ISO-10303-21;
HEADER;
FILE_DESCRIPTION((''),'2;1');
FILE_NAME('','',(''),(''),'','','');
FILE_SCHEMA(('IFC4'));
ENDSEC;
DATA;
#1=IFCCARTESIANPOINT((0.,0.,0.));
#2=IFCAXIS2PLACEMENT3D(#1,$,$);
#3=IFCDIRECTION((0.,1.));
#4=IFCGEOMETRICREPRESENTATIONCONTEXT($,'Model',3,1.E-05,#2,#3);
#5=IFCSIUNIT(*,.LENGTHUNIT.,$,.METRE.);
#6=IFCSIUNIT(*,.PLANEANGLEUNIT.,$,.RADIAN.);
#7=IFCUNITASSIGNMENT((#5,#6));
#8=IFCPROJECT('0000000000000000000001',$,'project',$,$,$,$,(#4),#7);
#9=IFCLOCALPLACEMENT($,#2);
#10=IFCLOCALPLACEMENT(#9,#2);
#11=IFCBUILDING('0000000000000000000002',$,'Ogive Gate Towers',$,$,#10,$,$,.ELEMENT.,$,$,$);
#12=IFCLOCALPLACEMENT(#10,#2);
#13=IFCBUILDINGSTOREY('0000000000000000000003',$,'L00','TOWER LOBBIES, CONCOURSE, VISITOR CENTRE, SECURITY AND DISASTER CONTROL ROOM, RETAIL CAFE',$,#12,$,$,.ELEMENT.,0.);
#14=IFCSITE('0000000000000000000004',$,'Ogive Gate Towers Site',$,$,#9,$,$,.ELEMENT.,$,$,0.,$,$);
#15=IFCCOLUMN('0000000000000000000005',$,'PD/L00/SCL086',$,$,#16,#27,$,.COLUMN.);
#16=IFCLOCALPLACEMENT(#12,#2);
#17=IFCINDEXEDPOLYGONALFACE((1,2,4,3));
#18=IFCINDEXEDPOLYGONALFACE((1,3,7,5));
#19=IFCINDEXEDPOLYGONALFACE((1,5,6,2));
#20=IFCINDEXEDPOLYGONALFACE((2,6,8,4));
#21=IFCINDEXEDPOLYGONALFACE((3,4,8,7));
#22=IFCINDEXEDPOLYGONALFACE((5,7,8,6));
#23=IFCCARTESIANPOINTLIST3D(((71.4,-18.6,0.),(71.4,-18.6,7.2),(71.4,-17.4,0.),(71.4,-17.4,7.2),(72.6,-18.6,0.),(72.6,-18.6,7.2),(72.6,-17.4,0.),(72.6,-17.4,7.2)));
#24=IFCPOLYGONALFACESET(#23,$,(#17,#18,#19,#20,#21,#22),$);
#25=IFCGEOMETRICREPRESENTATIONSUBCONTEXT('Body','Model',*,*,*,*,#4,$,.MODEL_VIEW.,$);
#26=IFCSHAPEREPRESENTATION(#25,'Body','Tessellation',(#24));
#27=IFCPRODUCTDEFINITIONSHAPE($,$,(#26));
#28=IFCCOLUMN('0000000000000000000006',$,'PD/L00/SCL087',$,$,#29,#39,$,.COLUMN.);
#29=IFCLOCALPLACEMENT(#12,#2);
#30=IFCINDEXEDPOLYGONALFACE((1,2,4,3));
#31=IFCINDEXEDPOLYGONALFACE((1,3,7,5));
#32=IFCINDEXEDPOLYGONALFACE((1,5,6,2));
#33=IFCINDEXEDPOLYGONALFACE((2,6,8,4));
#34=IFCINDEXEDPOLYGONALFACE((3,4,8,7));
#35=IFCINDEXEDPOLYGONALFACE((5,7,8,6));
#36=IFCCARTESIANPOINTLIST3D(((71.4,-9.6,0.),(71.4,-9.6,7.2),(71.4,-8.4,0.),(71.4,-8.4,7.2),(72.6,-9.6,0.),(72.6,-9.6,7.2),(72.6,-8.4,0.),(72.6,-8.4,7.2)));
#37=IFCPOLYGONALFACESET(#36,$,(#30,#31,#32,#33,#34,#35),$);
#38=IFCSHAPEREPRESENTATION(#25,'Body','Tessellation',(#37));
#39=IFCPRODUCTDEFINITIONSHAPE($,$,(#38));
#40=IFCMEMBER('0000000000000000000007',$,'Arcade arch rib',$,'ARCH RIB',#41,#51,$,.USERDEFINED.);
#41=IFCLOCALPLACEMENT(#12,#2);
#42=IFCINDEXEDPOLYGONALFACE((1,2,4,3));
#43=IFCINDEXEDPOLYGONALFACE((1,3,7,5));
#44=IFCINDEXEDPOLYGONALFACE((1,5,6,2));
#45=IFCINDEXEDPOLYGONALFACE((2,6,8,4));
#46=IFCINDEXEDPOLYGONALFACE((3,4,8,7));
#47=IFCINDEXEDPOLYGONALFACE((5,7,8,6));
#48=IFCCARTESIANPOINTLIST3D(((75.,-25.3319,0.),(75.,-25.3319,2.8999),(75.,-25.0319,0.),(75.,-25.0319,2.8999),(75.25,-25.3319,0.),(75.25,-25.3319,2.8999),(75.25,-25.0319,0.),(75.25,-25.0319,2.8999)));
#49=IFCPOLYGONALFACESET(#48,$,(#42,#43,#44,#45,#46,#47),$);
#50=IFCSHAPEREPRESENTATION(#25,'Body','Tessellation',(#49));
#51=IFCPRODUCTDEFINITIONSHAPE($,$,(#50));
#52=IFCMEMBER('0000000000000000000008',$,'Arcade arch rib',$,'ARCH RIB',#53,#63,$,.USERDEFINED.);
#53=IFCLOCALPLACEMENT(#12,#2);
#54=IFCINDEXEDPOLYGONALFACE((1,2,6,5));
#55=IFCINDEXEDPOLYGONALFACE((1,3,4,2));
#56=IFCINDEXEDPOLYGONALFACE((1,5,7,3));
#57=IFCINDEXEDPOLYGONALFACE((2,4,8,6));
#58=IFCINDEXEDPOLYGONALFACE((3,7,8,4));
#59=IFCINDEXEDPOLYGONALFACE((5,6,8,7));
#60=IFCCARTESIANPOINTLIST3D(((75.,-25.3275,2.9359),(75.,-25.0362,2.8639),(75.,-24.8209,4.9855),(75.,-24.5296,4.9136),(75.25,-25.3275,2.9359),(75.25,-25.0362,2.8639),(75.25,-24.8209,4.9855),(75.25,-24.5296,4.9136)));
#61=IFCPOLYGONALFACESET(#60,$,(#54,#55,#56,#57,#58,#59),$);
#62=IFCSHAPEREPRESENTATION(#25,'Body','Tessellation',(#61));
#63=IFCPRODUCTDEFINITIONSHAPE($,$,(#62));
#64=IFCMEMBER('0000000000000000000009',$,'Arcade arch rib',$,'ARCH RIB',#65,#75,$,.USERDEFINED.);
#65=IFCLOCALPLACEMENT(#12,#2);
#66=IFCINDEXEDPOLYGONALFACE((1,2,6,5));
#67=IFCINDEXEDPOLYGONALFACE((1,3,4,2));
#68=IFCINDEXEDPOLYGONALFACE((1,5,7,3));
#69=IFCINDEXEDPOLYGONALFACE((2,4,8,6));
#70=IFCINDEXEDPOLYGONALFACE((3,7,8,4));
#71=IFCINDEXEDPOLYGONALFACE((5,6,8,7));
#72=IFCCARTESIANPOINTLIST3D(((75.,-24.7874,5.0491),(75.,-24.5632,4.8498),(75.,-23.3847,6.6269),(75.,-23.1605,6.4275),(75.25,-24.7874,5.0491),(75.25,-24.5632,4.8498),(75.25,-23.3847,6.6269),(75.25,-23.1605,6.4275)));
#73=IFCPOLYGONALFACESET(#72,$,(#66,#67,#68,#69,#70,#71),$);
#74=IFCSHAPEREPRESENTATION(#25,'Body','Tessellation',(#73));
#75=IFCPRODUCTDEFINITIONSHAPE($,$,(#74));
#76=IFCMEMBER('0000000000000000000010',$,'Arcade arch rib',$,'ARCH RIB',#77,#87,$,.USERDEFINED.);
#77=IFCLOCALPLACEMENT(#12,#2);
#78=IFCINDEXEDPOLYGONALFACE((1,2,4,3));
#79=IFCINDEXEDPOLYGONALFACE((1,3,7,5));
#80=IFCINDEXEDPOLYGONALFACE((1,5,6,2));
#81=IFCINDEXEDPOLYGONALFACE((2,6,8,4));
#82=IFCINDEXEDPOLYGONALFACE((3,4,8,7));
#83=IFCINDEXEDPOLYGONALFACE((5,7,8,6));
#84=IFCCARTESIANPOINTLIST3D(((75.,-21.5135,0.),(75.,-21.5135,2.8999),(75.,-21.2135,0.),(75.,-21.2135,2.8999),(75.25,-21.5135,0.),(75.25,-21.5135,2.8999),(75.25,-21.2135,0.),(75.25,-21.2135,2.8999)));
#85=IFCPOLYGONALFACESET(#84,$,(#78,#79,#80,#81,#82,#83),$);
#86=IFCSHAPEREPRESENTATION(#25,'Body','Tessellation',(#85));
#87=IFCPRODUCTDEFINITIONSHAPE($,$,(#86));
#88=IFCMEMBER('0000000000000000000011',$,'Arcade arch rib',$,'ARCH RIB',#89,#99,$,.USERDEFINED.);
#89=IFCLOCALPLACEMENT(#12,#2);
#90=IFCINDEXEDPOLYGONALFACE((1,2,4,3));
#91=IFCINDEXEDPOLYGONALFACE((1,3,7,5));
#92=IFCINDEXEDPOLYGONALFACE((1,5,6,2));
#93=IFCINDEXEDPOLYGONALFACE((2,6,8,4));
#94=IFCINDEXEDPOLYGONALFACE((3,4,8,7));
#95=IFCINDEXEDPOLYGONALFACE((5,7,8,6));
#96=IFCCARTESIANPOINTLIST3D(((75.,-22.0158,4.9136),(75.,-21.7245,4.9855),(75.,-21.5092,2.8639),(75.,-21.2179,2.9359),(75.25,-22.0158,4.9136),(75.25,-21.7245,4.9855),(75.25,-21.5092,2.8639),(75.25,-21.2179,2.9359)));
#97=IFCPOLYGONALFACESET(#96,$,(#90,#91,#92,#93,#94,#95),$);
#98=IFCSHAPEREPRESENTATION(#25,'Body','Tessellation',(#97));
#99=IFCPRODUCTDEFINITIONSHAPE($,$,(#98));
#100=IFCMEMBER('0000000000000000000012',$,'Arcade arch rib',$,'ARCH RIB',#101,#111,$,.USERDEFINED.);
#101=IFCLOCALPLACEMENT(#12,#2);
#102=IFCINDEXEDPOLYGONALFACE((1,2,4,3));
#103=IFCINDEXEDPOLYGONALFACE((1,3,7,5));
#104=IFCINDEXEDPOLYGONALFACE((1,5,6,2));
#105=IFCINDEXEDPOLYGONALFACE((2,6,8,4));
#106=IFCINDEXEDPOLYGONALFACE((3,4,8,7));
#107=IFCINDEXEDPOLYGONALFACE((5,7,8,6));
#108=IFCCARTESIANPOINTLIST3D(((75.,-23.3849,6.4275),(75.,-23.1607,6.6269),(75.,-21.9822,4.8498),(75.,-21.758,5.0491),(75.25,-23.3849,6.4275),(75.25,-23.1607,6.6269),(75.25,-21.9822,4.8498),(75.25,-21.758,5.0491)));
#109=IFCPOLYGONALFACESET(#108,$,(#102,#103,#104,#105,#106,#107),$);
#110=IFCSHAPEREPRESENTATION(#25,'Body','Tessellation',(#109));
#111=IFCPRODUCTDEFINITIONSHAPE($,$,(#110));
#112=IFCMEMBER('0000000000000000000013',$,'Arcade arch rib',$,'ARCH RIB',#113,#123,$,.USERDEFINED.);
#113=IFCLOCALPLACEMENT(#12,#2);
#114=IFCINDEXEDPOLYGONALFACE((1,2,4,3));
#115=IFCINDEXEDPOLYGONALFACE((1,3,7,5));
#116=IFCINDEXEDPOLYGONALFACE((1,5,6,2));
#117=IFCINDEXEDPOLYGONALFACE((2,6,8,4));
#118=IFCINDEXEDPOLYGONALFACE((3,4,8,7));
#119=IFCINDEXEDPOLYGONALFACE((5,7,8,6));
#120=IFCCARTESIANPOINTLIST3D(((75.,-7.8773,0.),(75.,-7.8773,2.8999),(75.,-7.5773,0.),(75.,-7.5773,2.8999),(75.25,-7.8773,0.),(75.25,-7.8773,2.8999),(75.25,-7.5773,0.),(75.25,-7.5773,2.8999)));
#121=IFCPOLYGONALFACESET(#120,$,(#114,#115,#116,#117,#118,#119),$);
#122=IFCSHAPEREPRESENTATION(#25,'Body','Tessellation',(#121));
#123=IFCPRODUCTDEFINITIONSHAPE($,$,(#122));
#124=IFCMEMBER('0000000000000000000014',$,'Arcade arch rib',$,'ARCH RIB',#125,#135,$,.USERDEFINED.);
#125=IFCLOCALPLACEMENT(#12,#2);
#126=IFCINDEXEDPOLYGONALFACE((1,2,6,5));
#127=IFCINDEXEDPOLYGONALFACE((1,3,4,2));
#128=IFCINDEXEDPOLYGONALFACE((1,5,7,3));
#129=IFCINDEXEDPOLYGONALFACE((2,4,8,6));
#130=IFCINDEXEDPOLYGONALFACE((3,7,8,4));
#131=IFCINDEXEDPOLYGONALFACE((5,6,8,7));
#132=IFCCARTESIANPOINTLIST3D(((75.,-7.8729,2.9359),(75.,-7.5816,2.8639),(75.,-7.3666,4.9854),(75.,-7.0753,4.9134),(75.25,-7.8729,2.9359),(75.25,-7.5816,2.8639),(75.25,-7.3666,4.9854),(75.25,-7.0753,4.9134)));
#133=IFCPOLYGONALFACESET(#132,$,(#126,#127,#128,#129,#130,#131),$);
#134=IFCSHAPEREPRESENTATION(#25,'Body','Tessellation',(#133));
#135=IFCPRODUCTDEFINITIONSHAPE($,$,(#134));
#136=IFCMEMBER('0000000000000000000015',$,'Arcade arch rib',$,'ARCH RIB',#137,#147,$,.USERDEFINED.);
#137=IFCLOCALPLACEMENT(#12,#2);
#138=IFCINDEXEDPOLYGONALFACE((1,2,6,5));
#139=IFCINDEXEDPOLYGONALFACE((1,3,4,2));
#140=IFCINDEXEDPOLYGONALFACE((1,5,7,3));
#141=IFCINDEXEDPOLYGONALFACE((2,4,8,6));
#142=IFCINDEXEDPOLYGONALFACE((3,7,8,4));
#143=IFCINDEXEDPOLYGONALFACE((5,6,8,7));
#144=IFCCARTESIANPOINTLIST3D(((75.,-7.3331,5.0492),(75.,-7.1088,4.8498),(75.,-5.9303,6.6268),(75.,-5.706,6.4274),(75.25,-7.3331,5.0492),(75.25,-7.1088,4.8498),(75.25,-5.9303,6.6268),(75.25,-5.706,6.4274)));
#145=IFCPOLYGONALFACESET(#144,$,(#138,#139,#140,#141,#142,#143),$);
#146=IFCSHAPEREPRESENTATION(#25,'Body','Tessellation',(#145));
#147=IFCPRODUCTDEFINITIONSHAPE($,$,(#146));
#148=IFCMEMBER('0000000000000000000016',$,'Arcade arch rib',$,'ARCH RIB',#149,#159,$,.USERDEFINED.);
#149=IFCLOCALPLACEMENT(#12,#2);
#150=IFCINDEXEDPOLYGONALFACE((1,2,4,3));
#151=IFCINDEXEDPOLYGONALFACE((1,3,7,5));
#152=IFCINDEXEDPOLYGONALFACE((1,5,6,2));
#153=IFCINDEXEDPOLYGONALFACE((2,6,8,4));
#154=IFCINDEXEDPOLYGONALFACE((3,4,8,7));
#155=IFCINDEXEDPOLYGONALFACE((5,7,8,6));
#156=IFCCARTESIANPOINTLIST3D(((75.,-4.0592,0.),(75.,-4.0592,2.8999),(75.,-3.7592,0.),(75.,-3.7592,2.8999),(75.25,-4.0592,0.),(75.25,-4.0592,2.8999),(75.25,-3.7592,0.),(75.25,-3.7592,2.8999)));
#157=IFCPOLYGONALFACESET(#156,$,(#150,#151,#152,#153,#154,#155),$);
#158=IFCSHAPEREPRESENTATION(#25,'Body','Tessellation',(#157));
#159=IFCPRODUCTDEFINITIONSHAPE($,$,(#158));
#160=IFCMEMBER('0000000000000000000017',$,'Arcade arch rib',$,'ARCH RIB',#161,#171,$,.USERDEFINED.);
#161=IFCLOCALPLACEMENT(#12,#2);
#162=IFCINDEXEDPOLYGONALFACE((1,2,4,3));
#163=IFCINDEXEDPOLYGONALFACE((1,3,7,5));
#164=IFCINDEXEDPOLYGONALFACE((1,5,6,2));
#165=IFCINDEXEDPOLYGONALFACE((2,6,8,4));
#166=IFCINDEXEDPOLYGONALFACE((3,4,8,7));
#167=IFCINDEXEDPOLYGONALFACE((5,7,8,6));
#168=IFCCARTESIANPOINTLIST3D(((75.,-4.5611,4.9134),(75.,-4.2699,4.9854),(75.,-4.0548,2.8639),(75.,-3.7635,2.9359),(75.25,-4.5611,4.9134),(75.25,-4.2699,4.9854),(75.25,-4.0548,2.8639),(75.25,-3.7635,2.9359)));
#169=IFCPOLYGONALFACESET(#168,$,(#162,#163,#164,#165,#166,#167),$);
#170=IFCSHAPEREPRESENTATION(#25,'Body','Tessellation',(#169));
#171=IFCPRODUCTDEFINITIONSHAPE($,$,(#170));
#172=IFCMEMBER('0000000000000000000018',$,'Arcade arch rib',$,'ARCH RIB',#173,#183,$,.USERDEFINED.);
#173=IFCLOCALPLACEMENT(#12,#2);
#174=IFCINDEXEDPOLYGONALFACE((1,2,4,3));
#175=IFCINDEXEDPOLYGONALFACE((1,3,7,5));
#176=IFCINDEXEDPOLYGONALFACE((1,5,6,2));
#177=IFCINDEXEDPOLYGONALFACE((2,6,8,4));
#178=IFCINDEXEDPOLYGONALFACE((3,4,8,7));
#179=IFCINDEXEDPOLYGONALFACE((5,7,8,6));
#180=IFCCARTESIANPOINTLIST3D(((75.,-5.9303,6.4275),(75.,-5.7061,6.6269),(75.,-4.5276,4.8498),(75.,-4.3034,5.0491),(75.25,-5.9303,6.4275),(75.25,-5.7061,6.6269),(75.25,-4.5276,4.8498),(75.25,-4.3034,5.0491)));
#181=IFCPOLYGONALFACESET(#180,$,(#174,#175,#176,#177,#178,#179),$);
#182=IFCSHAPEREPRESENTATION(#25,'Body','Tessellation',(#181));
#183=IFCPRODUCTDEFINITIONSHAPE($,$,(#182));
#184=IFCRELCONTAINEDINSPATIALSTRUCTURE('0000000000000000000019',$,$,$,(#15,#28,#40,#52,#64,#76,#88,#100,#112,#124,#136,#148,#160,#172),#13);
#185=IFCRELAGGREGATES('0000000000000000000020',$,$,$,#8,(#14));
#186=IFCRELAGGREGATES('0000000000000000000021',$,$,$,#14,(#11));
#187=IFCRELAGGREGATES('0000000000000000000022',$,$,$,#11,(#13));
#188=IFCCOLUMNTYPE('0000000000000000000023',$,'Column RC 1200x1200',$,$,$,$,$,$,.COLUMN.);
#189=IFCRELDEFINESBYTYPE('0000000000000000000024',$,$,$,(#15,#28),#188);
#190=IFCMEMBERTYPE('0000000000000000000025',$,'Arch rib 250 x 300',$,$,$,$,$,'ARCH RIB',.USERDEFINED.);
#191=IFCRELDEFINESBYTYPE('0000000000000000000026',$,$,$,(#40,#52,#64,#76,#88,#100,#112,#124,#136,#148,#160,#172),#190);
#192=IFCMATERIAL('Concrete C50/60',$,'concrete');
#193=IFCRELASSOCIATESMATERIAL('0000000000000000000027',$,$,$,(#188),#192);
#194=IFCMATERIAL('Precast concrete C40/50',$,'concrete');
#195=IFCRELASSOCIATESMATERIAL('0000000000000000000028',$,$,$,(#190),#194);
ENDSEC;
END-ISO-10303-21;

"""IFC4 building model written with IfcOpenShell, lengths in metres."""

from ifc_helpers import new_model, si_unit, direction, frame, origin, origin_2d, place, context, subcontext, project, spatial, rectangle, extrude, material, material_profile, profile_set, type_object, element, save


model = new_model("IFC4")

# Units and contexts
model_context = context("Model", 3, precision=1e-05, world=origin(), true_north=direction((0.0, 1.0)))
body_context = subcontext(model_context, "Body", "Model", "MODEL_VIEW")
ifc_project = project(units=[si_unit("LENGTHUNIT", "METRE"), si_unit("PLANEANGLEUNIT", "RADIAN")], contexts=[model_context])

# Site, building, storey
site_placement = place(None, origin())
site = spatial("IfcSite", under=ifc_project, at=site_placement, Name="Ogive Gate Towers Site", CompositionType="ELEMENT", RefElevation=0.0)
building_placement = place(site_placement, origin())
building = spatial("IfcBuilding", under=site, at=building_placement, Name="Ogive Gate Towers", CompositionType="ELEMENT")
storey_placement = place(building_placement, origin())
storey = spatial("IfcBuildingStorey", under=building, at=storey_placement, Name="L00", Description="TOWER LOBBIES, CONCOURSE, VISITOR CENTRE, SECURITY AND DISASTER CONTROL ROOM, RETAIL CAFE", CompositionType="ELEMENT", Elevation=0.0)

# Columns
ifc_material_1 = material(Name="Concrete C50/60", Category="concrete")
ifc_material_profile_1 = material_profile(ifc_material_1, rectangle(XDim=1.2, YDim=1.2, at=origin_2d()), Name="RC 1200x1200")
ifc_profile_set_1 = profile_set([ifc_material_profile_1], Name="Concrete C50/60")
column_type = type_object("IfcColumnType", Name="Column RC 1200x1200", PredefinedType="COLUMN", material=ifc_profile_set_1)
for number, where, z_axis, x_axis, name in (
    (1, (72.0, -18.0, 0.0), (0.0, 0.0, 1.0), (1.0, 0.0, 0.0), "PD/L00/SCL086"),
    (2, (72.0, -9.0, 0.0), (0.0, 0.0, 1.0), (1.0, 0.0, 0.0), "PD/L00/SCL087"),
):
    element("IfcColumn", number, at=place(storey_placement, frame(where, z_axis=z_axis, x_axis=x_axis)), inside=storey, type_object=column_type, Name=name, PredefinedType="COLUMN", context=body_context, shape_type="SweptSolid", body=[
        extrude(rectangle(XDim=1.2, YDim=1.2, at=origin_2d()), origin(), (0.0, 0.0, 1.0), 7.2),
    ])

# Members
ifc_material_2 = material(Name="Precast concrete C40/50", Category="concrete")
ifc_material_profile_2 = material_profile(ifc_material_2, rectangle(XDim=0.25, YDim=0.3, at=origin_2d()), Name="250 x 300 cast stone")
ifc_profile_set_2 = profile_set([ifc_material_profile_2], Name="Precast concrete C40/50")
member_type_1 = type_object("IfcMemberType", Name="Arch rib 250 x 300", ElementType="ARCH RIB", PredefinedType="USERDEFINED", material=ifc_profile_set_2)
member_1_placement = place(storey_placement, frame((75.125, -25.1819, 0.0), z_axis=(0.0, 0.0, 1.0), x_axis=(1.0, 0.0, 0.0)))
element("IfcMember", 3, at=member_1_placement, inside=storey, type_object=member_type_1, Name="Arcade arch rib", ObjectType="ARCH RIB", PredefinedType="USERDEFINED", context=body_context, shape_type="SweptSolid", body=[
    extrude(rectangle(XDim=0.25, YDim=0.3, at=origin_2d()), origin(), (0.0, 0.0, 1.0), 2.8999),
])
member_2_placement = place(storey_placement, frame((75.125, -25.1819, 2.8999), z_axis=(0.0, 0.23995, 0.970785), x_axis=(-1.0, 0.0, 0.0)))
element("IfcMember", 4, at=member_2_placement, inside=storey, type_object=member_type_1, Name="Arcade arch rib", ObjectType="ARCH RIB", PredefinedType="USERDEFINED", context=body_context, shape_type="SweptSolid", body=[
    extrude(rectangle(XDim=0.25, YDim=0.3, at=origin_2d()), origin(), (0.0, 0.0, 1.0), 2.1113),
])
member_3_placement = place(storey_placement, frame((75.125, -24.6753, 4.9495), z_axis=(0.0, 0.664428, 0.747352), x_axis=(-1.0, 0.0, 0.0)))
element("IfcMember", 5, at=member_3_placement, inside=storey, type_object=member_type_1, Name="Arcade arch rib", ObjectType="ARCH RIB", PredefinedType="USERDEFINED", context=body_context, shape_type="SweptSolid", body=[
    extrude(rectangle(XDim=0.25, YDim=0.3, at=origin_2d()), origin(), (0.0, 0.0, 1.0), 2.1111),
])
member_4_placement = place(storey_placement, frame((75.125, -21.3635, 0.0), z_axis=(0.0, 0.0, 1.0), x_axis=(1.0, 0.0, 0.0)))
element("IfcMember", 6, at=member_4_placement, inside=storey, type_object=member_type_1, Name="Arcade arch rib", ObjectType="ARCH RIB", PredefinedType="USERDEFINED", context=body_context, shape_type="SweptSolid", body=[
    extrude(rectangle(XDim=0.25, YDim=0.3, at=origin_2d()), origin(), (0.0, 0.0, 1.0), 2.8999),
])
member_5_placement = place(storey_placement, frame((75.125, -21.3635, 2.8999), z_axis=(0.0, -0.23995, 0.970785), x_axis=(1.0, 0.0, 0.0)))
element("IfcMember", 7, at=member_5_placement, inside=storey, type_object=member_type_1, Name="Arcade arch rib", ObjectType="ARCH RIB", PredefinedType="USERDEFINED", context=body_context, shape_type="SweptSolid", body=[
    extrude(rectangle(XDim=0.25, YDim=0.3, at=origin_2d()), origin(), (0.0, 0.0, 1.0), 2.1113),
])
member_6_placement = place(storey_placement, frame((75.125, -21.8701, 4.9495), z_axis=(0.0, -0.664428, 0.747352), x_axis=(1.0, 0.0, 0.0)))
element("IfcMember", 8, at=member_6_placement, inside=storey, type_object=member_type_1, Name="Arcade arch rib", ObjectType="ARCH RIB", PredefinedType="USERDEFINED", context=body_context, shape_type="SweptSolid", body=[
    extrude(rectangle(XDim=0.25, YDim=0.3, at=origin_2d()), origin(), (0.0, 0.0, 1.0), 2.1111),
])
member_7_placement = place(storey_placement, frame((75.125, -7.7273, 0.0), z_axis=(0.0, 0.0, 1.0), x_axis=(1.0, 0.0, 0.0)))
element("IfcMember", 9, at=member_7_placement, inside=storey, type_object=member_type_1, Name="Arcade arch rib", ObjectType="ARCH RIB", PredefinedType="USERDEFINED", context=body_context, shape_type="SweptSolid", body=[
    extrude(rectangle(XDim=0.25, YDim=0.3, at=origin_2d()), origin(), (0.0, 0.0, 1.0), 2.8999),
])
for number, where, z_axis, x_axis, name in (
    (10, (75.125, -7.7273, 2.8999), (0.0, 0.239841, 0.970812), (-1.0, 0.0, 0.0), "Arcade arch rib"),
    (11, (75.125, -7.2209, 4.9495), (0.0, 0.664493, 0.747294), (-1.0, 0.0, 0.0), "Arcade arch rib"),
):
    element("IfcMember", number, at=place(storey_placement, frame(where, z_axis=z_axis, x_axis=x_axis)), inside=storey, type_object=member_type_1, Name=name, ObjectType="ARCH RIB", PredefinedType="USERDEFINED", context=body_context, shape_type="SweptSolid", body=[
        extrude(rectangle(XDim=0.25, YDim=0.3, at=origin_2d()), origin(), (0.0, 0.0, 1.0), 2.1111),
    ])
member_8_placement = place(storey_placement, frame((75.125, -3.9092, 0.0), z_axis=(0.0, 0.0, 1.0), x_axis=(1.0, 0.0, 0.0)))
element("IfcMember", 12, at=member_8_placement, inside=storey, type_object=member_type_1, Name="Arcade arch rib", ObjectType="ARCH RIB", PredefinedType="USERDEFINED", context=body_context, shape_type="SweptSolid", body=[
    extrude(rectangle(XDim=0.25, YDim=0.3, at=origin_2d()), origin(), (0.0, 0.0, 1.0), 2.8999),
])
for number, where, z_axis, x_axis, name in (
    (13, (75.125, -3.9092, 2.8999), (0.0, -0.239841, 0.970812), (1.0, 0.0, 0.0), "Arcade arch rib"),
    (14, (75.125, -4.4155, 4.9495), (0.0, -0.664428, 0.747352), (1.0, 0.0, 0.0), "Arcade arch rib"),
):
    element("IfcMember", number, at=place(storey_placement, frame(where, z_axis=z_axis, x_axis=x_axis)), inside=storey, type_object=member_type_1, Name=name, ObjectType="ARCH RIB", PredefinedType="USERDEFINED", context=body_context, shape_type="SweptSolid", body=[
        extrude(rectangle(XDim=0.25, YDim=0.3, at=origin_2d()), origin(), (0.0, 0.0, 1.0), 2.1111),
    ])

save(model, "model.ifc")
